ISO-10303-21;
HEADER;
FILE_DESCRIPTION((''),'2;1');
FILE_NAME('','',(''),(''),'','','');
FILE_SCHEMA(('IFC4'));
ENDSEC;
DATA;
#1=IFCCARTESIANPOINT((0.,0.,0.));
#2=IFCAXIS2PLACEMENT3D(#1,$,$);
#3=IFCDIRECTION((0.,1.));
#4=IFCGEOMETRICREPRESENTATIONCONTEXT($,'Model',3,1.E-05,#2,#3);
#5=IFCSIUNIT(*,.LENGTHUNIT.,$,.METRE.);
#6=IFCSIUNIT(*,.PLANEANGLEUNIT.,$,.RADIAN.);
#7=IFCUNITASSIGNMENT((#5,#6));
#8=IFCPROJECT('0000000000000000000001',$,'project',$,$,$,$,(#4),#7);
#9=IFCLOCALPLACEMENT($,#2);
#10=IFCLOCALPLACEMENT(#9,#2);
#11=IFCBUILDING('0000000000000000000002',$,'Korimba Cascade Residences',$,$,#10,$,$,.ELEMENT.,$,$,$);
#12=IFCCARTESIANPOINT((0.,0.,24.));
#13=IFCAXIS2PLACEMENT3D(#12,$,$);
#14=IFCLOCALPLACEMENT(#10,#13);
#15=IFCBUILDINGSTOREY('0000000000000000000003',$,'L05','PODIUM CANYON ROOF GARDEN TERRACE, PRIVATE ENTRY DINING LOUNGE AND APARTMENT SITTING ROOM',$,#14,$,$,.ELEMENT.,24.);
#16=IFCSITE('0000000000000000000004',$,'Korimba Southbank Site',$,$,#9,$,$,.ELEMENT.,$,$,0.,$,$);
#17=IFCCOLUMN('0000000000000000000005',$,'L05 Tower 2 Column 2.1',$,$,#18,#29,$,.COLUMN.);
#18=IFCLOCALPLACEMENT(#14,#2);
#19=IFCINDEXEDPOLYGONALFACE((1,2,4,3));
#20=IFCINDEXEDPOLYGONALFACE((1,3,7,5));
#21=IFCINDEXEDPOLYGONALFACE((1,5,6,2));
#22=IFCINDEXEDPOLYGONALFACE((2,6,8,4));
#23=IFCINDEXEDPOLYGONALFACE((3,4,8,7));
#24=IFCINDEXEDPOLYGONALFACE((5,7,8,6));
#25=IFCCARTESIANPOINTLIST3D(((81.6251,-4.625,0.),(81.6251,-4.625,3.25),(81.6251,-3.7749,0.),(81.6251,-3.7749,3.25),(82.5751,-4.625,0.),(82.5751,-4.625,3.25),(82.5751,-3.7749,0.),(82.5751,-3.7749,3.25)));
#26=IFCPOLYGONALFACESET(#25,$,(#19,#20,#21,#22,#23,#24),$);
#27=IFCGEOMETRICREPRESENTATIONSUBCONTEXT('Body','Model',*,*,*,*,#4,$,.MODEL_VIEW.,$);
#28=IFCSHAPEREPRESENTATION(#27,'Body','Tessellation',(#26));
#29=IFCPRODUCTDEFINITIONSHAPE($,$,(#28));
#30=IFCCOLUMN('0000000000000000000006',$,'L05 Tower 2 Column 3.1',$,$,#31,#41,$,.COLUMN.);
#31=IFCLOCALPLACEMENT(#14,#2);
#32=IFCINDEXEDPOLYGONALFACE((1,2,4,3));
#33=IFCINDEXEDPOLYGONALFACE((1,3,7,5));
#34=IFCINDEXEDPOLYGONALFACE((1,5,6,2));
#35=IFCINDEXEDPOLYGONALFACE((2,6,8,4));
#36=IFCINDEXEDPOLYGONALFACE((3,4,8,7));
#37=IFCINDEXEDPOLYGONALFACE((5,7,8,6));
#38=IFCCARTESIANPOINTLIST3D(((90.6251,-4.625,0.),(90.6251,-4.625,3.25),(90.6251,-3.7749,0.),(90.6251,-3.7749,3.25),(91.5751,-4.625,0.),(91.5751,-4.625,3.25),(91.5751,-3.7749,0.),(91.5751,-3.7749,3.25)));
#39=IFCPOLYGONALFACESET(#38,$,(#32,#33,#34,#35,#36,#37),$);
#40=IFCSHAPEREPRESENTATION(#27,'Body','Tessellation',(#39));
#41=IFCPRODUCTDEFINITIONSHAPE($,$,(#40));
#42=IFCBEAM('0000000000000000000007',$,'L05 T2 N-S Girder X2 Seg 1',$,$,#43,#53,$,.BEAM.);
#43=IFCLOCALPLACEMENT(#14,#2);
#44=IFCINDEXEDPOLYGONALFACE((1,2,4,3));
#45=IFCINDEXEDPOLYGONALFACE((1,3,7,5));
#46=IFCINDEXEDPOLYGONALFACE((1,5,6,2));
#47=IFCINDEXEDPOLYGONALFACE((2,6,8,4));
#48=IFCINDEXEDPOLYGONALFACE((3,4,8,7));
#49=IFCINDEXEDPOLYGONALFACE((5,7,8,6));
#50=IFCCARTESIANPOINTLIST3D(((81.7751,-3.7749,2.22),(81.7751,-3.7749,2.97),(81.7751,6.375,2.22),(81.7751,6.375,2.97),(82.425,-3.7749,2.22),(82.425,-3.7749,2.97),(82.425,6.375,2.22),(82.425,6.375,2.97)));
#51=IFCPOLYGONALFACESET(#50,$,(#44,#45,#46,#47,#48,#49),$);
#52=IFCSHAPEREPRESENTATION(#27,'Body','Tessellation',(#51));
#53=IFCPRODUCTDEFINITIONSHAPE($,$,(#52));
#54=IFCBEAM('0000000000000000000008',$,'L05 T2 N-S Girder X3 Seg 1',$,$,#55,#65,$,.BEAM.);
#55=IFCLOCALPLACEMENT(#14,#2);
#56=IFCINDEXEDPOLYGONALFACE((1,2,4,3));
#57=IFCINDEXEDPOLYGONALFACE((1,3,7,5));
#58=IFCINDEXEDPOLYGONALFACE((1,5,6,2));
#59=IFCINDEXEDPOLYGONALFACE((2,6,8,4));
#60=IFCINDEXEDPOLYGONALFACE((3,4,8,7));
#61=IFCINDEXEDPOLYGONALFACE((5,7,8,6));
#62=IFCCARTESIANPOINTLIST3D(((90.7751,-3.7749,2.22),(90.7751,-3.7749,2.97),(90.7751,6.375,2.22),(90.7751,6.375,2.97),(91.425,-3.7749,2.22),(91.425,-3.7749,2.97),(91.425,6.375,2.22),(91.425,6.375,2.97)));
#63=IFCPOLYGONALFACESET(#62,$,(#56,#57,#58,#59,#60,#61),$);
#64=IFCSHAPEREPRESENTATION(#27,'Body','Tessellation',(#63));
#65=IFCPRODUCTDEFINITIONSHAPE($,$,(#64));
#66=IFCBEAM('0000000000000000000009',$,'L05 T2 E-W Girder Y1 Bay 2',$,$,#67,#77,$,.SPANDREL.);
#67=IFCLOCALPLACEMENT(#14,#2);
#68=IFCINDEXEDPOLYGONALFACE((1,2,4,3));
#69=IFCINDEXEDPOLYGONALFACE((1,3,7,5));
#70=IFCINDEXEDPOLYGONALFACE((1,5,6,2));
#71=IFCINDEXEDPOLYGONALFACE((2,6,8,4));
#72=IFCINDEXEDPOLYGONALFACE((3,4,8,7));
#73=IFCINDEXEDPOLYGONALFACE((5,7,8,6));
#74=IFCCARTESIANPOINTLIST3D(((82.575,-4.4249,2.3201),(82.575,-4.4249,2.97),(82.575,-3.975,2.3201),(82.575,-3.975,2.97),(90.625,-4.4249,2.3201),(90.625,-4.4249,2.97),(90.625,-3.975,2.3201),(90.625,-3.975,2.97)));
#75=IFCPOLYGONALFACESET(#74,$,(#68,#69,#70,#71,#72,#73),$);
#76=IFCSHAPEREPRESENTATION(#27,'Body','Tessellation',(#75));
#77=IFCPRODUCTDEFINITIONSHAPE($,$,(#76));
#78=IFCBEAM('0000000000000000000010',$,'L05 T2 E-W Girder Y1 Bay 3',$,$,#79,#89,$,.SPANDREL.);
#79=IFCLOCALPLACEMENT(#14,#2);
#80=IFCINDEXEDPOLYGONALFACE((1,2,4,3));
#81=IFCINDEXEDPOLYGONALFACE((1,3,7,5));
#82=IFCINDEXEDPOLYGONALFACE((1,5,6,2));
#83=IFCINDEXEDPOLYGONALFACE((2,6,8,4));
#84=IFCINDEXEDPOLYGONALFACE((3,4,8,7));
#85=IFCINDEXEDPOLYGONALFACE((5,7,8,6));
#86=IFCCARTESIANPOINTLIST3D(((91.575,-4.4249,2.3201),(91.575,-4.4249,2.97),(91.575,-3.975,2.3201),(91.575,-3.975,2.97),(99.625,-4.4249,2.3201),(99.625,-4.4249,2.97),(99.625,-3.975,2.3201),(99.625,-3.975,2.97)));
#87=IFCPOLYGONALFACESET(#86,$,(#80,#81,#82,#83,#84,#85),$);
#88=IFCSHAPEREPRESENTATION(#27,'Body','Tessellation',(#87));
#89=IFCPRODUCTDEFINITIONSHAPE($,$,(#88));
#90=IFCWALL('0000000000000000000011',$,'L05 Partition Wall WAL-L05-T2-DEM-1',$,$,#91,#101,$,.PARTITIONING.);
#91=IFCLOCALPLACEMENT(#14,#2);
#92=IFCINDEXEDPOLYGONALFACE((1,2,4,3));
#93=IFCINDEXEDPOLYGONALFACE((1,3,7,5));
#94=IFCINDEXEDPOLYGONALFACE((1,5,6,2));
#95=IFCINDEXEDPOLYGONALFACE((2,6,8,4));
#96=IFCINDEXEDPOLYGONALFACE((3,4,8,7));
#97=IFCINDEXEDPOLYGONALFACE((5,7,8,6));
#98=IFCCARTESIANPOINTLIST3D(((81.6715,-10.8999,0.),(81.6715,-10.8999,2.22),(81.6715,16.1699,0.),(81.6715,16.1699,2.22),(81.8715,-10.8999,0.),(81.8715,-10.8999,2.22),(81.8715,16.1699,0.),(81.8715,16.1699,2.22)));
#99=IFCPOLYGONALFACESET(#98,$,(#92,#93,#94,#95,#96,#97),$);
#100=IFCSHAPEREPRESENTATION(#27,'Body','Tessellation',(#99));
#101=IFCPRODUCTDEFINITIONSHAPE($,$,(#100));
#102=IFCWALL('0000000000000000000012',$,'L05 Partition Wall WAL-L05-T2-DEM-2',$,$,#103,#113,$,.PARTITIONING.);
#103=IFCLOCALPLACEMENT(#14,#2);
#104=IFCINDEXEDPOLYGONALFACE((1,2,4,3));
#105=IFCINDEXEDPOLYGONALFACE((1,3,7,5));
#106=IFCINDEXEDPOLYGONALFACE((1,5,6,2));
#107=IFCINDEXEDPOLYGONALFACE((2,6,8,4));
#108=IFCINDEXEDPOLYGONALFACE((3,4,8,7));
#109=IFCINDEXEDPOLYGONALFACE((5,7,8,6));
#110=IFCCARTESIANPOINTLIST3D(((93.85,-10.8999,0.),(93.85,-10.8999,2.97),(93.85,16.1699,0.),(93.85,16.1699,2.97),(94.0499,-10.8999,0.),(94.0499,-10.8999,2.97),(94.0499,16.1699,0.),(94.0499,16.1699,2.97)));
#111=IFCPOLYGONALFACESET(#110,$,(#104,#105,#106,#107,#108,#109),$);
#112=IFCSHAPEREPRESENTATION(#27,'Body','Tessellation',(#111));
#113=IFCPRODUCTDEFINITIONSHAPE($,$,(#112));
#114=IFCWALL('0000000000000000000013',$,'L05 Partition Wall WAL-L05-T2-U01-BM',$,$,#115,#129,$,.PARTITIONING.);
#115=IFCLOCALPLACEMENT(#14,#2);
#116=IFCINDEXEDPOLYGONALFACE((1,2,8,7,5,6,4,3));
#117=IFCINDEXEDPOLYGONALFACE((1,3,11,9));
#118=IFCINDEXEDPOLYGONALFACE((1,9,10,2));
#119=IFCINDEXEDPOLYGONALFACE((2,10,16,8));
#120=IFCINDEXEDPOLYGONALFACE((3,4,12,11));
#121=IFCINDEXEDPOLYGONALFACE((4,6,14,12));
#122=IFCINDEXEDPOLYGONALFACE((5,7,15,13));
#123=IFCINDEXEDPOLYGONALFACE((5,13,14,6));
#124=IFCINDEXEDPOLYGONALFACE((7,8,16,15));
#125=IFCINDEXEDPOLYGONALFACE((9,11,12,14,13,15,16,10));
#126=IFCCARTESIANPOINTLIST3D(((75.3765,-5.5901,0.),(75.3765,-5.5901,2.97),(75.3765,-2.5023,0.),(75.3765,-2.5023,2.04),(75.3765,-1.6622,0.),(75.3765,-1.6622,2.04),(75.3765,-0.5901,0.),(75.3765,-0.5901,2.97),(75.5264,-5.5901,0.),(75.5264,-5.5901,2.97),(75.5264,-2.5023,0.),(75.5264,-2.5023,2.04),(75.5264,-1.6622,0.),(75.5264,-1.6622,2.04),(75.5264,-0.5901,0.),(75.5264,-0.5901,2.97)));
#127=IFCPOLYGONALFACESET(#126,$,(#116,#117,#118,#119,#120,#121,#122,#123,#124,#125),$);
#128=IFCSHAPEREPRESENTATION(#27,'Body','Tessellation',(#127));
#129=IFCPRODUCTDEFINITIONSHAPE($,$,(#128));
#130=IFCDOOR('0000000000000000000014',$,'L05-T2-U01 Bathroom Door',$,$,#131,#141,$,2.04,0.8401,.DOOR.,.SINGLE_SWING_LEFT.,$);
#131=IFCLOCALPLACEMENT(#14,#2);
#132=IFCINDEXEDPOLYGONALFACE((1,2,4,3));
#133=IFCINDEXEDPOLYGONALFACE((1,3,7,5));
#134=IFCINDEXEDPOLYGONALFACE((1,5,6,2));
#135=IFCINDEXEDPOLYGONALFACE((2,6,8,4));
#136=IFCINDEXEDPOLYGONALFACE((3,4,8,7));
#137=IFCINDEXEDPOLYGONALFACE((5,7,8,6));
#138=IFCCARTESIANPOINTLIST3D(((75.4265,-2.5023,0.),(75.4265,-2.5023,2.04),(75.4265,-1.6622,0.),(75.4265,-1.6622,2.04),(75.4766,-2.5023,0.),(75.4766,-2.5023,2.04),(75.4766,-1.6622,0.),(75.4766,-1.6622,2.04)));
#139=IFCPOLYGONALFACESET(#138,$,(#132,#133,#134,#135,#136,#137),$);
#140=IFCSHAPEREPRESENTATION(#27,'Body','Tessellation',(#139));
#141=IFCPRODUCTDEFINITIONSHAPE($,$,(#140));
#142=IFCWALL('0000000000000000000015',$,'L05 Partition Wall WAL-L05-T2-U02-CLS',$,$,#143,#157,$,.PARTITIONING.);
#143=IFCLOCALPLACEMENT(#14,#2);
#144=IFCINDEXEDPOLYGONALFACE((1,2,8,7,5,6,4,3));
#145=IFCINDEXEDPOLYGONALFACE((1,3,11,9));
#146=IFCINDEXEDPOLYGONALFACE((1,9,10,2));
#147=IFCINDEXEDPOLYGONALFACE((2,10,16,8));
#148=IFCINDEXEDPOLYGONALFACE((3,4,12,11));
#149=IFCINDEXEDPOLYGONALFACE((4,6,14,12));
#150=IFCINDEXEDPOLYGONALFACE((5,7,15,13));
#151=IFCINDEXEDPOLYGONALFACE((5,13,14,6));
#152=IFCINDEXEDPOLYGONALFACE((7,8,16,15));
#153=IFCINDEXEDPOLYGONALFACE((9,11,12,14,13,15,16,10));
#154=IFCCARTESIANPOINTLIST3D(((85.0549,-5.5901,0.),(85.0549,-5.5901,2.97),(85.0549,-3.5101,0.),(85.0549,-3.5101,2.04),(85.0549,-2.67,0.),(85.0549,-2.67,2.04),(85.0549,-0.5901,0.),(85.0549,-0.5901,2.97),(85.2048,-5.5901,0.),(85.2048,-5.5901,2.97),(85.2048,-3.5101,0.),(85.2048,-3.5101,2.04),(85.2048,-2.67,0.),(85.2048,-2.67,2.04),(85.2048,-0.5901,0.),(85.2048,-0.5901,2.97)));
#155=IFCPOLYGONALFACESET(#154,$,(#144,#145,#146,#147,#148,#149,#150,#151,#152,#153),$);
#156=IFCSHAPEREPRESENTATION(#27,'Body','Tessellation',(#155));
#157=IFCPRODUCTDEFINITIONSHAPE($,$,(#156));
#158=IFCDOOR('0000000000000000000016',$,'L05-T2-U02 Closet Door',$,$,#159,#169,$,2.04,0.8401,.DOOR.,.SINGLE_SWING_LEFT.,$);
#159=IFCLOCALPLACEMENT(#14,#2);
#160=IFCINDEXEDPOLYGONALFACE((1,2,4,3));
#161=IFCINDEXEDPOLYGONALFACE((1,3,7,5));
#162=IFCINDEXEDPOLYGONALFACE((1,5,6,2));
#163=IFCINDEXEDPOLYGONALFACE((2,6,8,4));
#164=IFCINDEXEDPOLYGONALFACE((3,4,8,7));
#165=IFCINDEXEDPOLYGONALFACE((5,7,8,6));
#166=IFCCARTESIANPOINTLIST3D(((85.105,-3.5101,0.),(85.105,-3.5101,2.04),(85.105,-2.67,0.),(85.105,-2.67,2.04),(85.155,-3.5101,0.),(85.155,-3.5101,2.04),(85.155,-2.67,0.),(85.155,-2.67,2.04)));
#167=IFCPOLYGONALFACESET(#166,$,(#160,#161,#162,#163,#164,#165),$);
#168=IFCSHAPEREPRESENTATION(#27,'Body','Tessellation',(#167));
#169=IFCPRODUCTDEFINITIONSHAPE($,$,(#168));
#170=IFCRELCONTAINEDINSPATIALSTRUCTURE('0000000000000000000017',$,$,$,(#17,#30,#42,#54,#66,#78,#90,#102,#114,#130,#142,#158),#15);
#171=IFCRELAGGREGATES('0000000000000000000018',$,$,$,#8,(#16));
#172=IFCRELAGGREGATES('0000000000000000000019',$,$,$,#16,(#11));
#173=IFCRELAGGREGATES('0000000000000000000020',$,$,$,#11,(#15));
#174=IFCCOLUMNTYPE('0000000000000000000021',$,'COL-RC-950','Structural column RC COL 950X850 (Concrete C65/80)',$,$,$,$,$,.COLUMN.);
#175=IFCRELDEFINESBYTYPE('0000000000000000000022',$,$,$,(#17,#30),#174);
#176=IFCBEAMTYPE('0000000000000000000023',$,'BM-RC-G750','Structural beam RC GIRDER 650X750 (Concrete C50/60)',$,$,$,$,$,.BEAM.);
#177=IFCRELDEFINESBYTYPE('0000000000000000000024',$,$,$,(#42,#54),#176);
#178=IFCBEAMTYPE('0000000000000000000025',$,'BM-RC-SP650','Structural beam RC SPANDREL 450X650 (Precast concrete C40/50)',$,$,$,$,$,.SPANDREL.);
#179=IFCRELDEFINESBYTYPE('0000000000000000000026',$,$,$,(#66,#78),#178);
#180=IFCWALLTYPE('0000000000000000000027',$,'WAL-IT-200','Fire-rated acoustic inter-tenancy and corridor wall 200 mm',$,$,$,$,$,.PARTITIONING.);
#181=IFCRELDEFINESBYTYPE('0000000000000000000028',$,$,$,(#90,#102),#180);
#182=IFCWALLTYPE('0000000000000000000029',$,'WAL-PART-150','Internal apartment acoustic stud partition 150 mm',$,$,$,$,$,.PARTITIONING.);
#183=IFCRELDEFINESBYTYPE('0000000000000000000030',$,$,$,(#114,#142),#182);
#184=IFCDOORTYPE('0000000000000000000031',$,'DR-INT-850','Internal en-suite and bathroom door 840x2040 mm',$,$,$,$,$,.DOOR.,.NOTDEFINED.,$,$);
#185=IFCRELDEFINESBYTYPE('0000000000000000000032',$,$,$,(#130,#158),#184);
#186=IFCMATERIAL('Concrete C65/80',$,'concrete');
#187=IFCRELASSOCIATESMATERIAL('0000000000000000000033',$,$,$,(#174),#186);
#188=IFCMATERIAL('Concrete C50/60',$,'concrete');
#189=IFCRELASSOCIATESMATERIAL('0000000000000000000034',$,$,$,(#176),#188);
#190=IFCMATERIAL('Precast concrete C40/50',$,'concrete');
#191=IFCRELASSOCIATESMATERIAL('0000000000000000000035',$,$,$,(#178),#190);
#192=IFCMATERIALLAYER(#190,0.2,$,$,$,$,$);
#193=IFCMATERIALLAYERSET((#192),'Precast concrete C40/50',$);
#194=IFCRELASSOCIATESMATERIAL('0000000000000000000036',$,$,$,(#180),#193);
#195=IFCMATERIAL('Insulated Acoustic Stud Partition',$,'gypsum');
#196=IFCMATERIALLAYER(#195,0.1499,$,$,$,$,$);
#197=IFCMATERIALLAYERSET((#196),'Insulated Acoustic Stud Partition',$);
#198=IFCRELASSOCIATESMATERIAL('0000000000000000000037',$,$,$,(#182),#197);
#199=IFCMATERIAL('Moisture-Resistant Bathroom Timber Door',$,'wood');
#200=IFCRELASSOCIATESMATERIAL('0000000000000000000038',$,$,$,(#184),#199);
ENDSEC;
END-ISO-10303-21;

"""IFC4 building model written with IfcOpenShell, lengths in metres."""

from ifc_helpers import new_model, si_unit, direction, frame, frame_2d, origin, origin_2d, place, context, subcontext, project, spatial, rectangle, extrude, material, layer, layer_set, material_profile, profile_set, type_object, element, fill, save


model = new_model("IFC4")

# Units and contexts
model_context = context("Model", 3, precision=1e-05, world=origin(), true_north=direction((0.0, 1.0)))
body_context = subcontext(model_context, "Body", "Model", "MODEL_VIEW")
ifc_project = project(units=[si_unit("LENGTHUNIT", "METRE"), si_unit("PLANEANGLEUNIT", "RADIAN")], contexts=[model_context])

# Site, building, storey
site_placement = place(None, origin())
site = spatial("IfcSite", under=ifc_project, at=site_placement, Name="Korimba Southbank Site", CompositionType="ELEMENT", RefElevation=0.0)
building_placement = place(site_placement, origin())
building = spatial("IfcBuilding", under=site, at=building_placement, Name="Korimba Cascade Residences", CompositionType="ELEMENT")
storey_placement = place(building_placement, frame((0.0, 0.0, 24.0)))
storey = spatial("IfcBuildingStorey", under=building, at=storey_placement, Name="L05", Description="PODIUM CANYON ROOF GARDEN TERRACE, PRIVATE ENTRY DINING LOUNGE AND APARTMENT SITTING ROOM", CompositionType="ELEMENT", Elevation=24.0)

# Columns
ifc_material_1 = material(Name="Concrete C65/80", Category="concrete")
ifc_material_profile_1 = material_profile(ifc_material_1, rectangle(XDim=0.95, YDim=0.8501, at=origin_2d()), Name="Concrete C65/80")
ifc_profile_set_1 = profile_set([ifc_material_profile_1], Name="Concrete C65/80")
column_type = type_object("IfcColumnType", Name="COL-RC-950", Description="Structural column RC COL 950X850 (Concrete C65/80)", PredefinedType="COLUMN", material=ifc_profile_set_1)
for number, where, z_axis, x_axis, name in (
    (1, (82.1001, -4.2, 0.0), (0.0, 0.0, 1.0), (1.0, 0.0, 0.0), "L05 Tower 2 Column 2.1"),
    (2, (91.1001, -4.2, 0.0), (0.0, 0.0, 1.0), (1.0, 0.0, 0.0), "L05 Tower 2 Column 3.1"),
):
    element("IfcColumn", number, at=place(storey_placement, frame(where, z_axis=z_axis, x_axis=x_axis)), inside=storey, type_object=column_type, Name=name, PredefinedType="COLUMN", context=body_context, shape_type="SweptSolid", body=[
        extrude(rectangle(XDim=0.95, YDim=0.8501, at=origin_2d()), origin(), (0.0, 0.0, 1.0), 3.25),
    ])

# Beams
ifc_material_2 = material(Name="Concrete C50/60", Category="concrete")
ifc_material_profile_2 = material_profile(ifc_material_2, rectangle(XDim=0.6499, YDim=0.75, at=origin_2d()), Name="Concrete C50/60")
ifc_profile_set_2 = profile_set([ifc_material_profile_2], Name="Concrete C50/60")
beam_type_1 = type_object("IfcBeamType", Name="BM-RC-G750", Description="Structural beam RC GIRDER 650X750 (Concrete C50/60)", PredefinedType="BEAM", material=ifc_profile_set_2)
for number, where, z_axis, x_axis, name in (
    (3, (82.1001, -3.7749, 2.595), (0.0, 1.0, 0.0), (-1.0, 0.0, 0.0), "L05 T2 N-S Girder X2 Seg 1"),
    (4, (91.1001, -3.7749, 2.595), (0.0, 1.0, 0.0), (-1.0, 0.0, 0.0), "L05 T2 N-S Girder X3 Seg 1"),
):
    element("IfcBeam", number, at=place(storey_placement, frame(where, z_axis=z_axis, x_axis=x_axis)), inside=storey, type_object=beam_type_1, Name=name, PredefinedType="BEAM", context=body_context, shape_type="SweptSolid", body=[
        extrude(rectangle(XDim=0.6499, YDim=0.75, at=origin_2d()), origin(), (0.0, 0.0, 1.0), 10.1499),
    ])
ifc_material_3 = material(Name="Precast concrete C40/50", Category="concrete")
ifc_material_profile_3 = material_profile(ifc_material_3, rectangle(XDim=0.45, YDim=0.6499, at=origin_2d()), Name="Precast concrete C40/50")
ifc_profile_set_3 = profile_set([ifc_material_profile_3], Name="Precast concrete C40/50")
beam_type_2 = type_object("IfcBeamType", Name="BM-RC-SP650", Description="Structural beam RC SPANDREL 450X650 (Precast concrete C40/50)", PredefinedType="SPANDREL", material=ifc_profile_set_3)
for number, where, z_axis, x_axis, name in (
    (5, (82.575, -4.2, 2.645), (1.0, 0.0, 0.0), (0.0, 1.0, 0.0), "L05 T2 E-W Girder Y1 Bay 2"),
    (6, (91.575, -4.2, 2.645), (1.0, 0.0, 0.0), (0.0, 1.0, 0.0), "L05 T2 E-W Girder Y1 Bay 3"),
):
    element("IfcBeam", number, at=place(storey_placement, frame(where, z_axis=z_axis, x_axis=x_axis)), inside=storey, type_object=beam_type_2, Name=name, PredefinedType="SPANDREL", context=body_context, shape_type="SweptSolid", body=[
        extrude(rectangle(XDim=0.45, YDim=0.6499, at=origin_2d()), origin(), (0.0, 0.0, 1.0), 8.05),
    ])

# Walls
ifc_layer_1 = layer(ifc_material_3, 0.2)
ifc_layer_set_1 = layer_set([ifc_layer_1], Name="Precast concrete C40/50")
wall_type_1 = type_object("IfcWallType", Name="WAL-IT-200", Description="Fire-rated acoustic inter-tenancy and corridor wall 200 mm", PredefinedType="PARTITIONING", material=ifc_layer_set_1)
wall_1_placement = place(storey_placement, frame((81.7715, -10.8999, 0.0), z_axis=(0.0, 0.0, 1.0), x_axis=(0.0, 1.0, 0.0)))
element("IfcWall", 7, at=wall_1_placement, inside=storey, type_object=wall_type_1, Name="L05 Partition Wall WAL-L05-T2-DEM-1", PredefinedType="PARTITIONING", context=body_context, shape_type="SweptSolid", body=[
    extrude(rectangle(XDim=27.0698, YDim=0.2, at=frame_2d((13.5349, 0.0))), origin(), (0.0, 0.0, 1.0), 2.22),
])
wall_2_placement = place(storey_placement, frame((93.95, -10.8999, 0.0), z_axis=(0.0, 0.0, 1.0), x_axis=(0.0, 1.0, 0.0)))
element("IfcWall", 8, at=wall_2_placement, inside=storey, type_object=wall_type_1, Name="L05 Partition Wall WAL-L05-T2-DEM-2", PredefinedType="PARTITIONING", context=body_context, shape_type="SweptSolid", body=[
    extrude(rectangle(XDim=27.0698, YDim=0.2, at=frame_2d((13.5349, 0.0))), origin(), (0.0, 0.0, 1.0), 2.97),
])

# Walls, openings, doors
ifc_material_4 = material(Name="Insulated Acoustic Stud Partition", Category="gypsum")
ifc_layer_2 = layer(ifc_material_4, 0.1499)
ifc_layer_set_2 = layer_set([ifc_layer_2], Name="Insulated Acoustic Stud Partition")
wall_type_2 = type_object("IfcWallType", Name="WAL-PART-150", Description="Internal apartment acoustic stud partition 150 mm", PredefinedType="PARTITIONING", material=ifc_layer_set_2)
wall_3_placement = place(storey_placement, frame((75.4514, -5.5901, 0.0), z_axis=(0.0, 0.0, 1.0), x_axis=(0.0, 1.0, 0.0)))
wall_3 = element("IfcWall", 9, at=wall_3_placement, inside=storey, type_object=wall_type_2, Name="L05 Partition Wall WAL-L05-T2-U01-BM", PredefinedType="PARTITIONING", context=body_context, shape_type="SweptSolid", body=[
    extrude(rectangle(XDim=5.0, YDim=0.1499, at=frame_2d((2.5, 0.0))), origin(), (0.0, 0.0, 1.0), 2.97),
])
opening_1_placement = place(wall_3_placement, frame((3.0879, 0.0, 0.0)))
opening_1 = element("IfcOpeningElement", 10, at=opening_1_placement, cuts=wall_3, PredefinedType="OPENING", context=body_context, shape_type="SweptSolid", body=[
    extrude(rectangle(XDim=0.8401, YDim=2.04, at=frame_2d((0.4199, 1.02))), frame((0.0, 0.085, 0.0), z_axis=(0.0, -1.0, 0.0), x_axis=(1.0, 0.0, 0.0)), (0.0, 0.0, 1.0), 0.1699),
])
ifc_material_5 = material(Name="Moisture-Resistant Bathroom Timber Door", Category="wood")
door_type_1 = type_object("IfcDoorType", Name="DR-INT-850", Description="Internal en-suite and bathroom door 840x2040 mm", OperationType="NOTDEFINED", PredefinedType="DOOR", material=ifc_material_5)
door_1_placement = place(opening_1_placement, origin())
door_1 = element("IfcDoor", 11, at=door_1_placement, inside=storey, type_object=door_type_1, Name="L05-T2-U01 Bathroom Door", OperationType="SINGLE_SWING_LEFT", OverallHeight=2.04, OverallWidth=0.8401, PredefinedType="DOOR", context=body_context, shape_type="SweptSolid", body=[
    extrude(rectangle(XDim=0.8401, YDim=2.04, at=frame_2d((0.4199, 1.02))), frame((0.0, 0.0249, 0.0), z_axis=(0.0, -1.0, 0.0), x_axis=(1.0, 0.0, 0.0)), (0.0, 0.0, 1.0), 0.05),
])
fill(opening_1, door_1)
wall_4_placement = place(storey_placement, frame((85.1299, -5.5901, 0.0), z_axis=(0.0, 0.0, 1.0), x_axis=(0.0, 1.0, 0.0)))
wall_4 = element("IfcWall", 12, at=wall_4_placement, inside=storey, type_object=wall_type_2, Name="L05 Partition Wall WAL-L05-T2-U02-CLS", PredefinedType="PARTITIONING", context=body_context, shape_type="SweptSolid", body=[
    extrude(rectangle(XDim=5.0, YDim=0.1499, at=frame_2d((2.5, 0.0))), origin(), (0.0, 0.0, 1.0), 2.97),
])
opening_2_placement = place(wall_4_placement, frame((2.0801, 0.0, 0.0)))
opening_2 = element("IfcOpeningElement", 13, at=opening_2_placement, cuts=wall_4, PredefinedType="OPENING", context=body_context, shape_type="SweptSolid", body=[
    extrude(rectangle(XDim=0.8401, YDim=2.04, at=frame_2d((0.4199, 1.02))), frame((0.0, 0.085, 0.0), z_axis=(0.0, -1.0, 0.0), x_axis=(1.0, 0.0, 0.0)), (0.0, 0.0, 1.0), 0.1699),
])
door_2_placement = place(opening_2_placement, origin())
door_2 = element("IfcDoor", 14, at=door_2_placement, inside=storey, type_object=door_type_1, Name="L05-T2-U02 Closet Door", OperationType="SINGLE_SWING_LEFT", OverallHeight=2.04, OverallWidth=0.8401, PredefinedType="DOOR", context=body_context, shape_type="SweptSolid", body=[
    extrude(rectangle(XDim=0.8401, YDim=2.04, at=frame_2d((0.4199, 1.02))), frame((0.0, 0.0249, 0.0), z_axis=(0.0, -1.0, 0.0), x_axis=(1.0, 0.0, 0.0)), (0.0, 0.0, 1.0), 0.05),
])
fill(opening_2, door_2)

save(model, "model.ifc")
